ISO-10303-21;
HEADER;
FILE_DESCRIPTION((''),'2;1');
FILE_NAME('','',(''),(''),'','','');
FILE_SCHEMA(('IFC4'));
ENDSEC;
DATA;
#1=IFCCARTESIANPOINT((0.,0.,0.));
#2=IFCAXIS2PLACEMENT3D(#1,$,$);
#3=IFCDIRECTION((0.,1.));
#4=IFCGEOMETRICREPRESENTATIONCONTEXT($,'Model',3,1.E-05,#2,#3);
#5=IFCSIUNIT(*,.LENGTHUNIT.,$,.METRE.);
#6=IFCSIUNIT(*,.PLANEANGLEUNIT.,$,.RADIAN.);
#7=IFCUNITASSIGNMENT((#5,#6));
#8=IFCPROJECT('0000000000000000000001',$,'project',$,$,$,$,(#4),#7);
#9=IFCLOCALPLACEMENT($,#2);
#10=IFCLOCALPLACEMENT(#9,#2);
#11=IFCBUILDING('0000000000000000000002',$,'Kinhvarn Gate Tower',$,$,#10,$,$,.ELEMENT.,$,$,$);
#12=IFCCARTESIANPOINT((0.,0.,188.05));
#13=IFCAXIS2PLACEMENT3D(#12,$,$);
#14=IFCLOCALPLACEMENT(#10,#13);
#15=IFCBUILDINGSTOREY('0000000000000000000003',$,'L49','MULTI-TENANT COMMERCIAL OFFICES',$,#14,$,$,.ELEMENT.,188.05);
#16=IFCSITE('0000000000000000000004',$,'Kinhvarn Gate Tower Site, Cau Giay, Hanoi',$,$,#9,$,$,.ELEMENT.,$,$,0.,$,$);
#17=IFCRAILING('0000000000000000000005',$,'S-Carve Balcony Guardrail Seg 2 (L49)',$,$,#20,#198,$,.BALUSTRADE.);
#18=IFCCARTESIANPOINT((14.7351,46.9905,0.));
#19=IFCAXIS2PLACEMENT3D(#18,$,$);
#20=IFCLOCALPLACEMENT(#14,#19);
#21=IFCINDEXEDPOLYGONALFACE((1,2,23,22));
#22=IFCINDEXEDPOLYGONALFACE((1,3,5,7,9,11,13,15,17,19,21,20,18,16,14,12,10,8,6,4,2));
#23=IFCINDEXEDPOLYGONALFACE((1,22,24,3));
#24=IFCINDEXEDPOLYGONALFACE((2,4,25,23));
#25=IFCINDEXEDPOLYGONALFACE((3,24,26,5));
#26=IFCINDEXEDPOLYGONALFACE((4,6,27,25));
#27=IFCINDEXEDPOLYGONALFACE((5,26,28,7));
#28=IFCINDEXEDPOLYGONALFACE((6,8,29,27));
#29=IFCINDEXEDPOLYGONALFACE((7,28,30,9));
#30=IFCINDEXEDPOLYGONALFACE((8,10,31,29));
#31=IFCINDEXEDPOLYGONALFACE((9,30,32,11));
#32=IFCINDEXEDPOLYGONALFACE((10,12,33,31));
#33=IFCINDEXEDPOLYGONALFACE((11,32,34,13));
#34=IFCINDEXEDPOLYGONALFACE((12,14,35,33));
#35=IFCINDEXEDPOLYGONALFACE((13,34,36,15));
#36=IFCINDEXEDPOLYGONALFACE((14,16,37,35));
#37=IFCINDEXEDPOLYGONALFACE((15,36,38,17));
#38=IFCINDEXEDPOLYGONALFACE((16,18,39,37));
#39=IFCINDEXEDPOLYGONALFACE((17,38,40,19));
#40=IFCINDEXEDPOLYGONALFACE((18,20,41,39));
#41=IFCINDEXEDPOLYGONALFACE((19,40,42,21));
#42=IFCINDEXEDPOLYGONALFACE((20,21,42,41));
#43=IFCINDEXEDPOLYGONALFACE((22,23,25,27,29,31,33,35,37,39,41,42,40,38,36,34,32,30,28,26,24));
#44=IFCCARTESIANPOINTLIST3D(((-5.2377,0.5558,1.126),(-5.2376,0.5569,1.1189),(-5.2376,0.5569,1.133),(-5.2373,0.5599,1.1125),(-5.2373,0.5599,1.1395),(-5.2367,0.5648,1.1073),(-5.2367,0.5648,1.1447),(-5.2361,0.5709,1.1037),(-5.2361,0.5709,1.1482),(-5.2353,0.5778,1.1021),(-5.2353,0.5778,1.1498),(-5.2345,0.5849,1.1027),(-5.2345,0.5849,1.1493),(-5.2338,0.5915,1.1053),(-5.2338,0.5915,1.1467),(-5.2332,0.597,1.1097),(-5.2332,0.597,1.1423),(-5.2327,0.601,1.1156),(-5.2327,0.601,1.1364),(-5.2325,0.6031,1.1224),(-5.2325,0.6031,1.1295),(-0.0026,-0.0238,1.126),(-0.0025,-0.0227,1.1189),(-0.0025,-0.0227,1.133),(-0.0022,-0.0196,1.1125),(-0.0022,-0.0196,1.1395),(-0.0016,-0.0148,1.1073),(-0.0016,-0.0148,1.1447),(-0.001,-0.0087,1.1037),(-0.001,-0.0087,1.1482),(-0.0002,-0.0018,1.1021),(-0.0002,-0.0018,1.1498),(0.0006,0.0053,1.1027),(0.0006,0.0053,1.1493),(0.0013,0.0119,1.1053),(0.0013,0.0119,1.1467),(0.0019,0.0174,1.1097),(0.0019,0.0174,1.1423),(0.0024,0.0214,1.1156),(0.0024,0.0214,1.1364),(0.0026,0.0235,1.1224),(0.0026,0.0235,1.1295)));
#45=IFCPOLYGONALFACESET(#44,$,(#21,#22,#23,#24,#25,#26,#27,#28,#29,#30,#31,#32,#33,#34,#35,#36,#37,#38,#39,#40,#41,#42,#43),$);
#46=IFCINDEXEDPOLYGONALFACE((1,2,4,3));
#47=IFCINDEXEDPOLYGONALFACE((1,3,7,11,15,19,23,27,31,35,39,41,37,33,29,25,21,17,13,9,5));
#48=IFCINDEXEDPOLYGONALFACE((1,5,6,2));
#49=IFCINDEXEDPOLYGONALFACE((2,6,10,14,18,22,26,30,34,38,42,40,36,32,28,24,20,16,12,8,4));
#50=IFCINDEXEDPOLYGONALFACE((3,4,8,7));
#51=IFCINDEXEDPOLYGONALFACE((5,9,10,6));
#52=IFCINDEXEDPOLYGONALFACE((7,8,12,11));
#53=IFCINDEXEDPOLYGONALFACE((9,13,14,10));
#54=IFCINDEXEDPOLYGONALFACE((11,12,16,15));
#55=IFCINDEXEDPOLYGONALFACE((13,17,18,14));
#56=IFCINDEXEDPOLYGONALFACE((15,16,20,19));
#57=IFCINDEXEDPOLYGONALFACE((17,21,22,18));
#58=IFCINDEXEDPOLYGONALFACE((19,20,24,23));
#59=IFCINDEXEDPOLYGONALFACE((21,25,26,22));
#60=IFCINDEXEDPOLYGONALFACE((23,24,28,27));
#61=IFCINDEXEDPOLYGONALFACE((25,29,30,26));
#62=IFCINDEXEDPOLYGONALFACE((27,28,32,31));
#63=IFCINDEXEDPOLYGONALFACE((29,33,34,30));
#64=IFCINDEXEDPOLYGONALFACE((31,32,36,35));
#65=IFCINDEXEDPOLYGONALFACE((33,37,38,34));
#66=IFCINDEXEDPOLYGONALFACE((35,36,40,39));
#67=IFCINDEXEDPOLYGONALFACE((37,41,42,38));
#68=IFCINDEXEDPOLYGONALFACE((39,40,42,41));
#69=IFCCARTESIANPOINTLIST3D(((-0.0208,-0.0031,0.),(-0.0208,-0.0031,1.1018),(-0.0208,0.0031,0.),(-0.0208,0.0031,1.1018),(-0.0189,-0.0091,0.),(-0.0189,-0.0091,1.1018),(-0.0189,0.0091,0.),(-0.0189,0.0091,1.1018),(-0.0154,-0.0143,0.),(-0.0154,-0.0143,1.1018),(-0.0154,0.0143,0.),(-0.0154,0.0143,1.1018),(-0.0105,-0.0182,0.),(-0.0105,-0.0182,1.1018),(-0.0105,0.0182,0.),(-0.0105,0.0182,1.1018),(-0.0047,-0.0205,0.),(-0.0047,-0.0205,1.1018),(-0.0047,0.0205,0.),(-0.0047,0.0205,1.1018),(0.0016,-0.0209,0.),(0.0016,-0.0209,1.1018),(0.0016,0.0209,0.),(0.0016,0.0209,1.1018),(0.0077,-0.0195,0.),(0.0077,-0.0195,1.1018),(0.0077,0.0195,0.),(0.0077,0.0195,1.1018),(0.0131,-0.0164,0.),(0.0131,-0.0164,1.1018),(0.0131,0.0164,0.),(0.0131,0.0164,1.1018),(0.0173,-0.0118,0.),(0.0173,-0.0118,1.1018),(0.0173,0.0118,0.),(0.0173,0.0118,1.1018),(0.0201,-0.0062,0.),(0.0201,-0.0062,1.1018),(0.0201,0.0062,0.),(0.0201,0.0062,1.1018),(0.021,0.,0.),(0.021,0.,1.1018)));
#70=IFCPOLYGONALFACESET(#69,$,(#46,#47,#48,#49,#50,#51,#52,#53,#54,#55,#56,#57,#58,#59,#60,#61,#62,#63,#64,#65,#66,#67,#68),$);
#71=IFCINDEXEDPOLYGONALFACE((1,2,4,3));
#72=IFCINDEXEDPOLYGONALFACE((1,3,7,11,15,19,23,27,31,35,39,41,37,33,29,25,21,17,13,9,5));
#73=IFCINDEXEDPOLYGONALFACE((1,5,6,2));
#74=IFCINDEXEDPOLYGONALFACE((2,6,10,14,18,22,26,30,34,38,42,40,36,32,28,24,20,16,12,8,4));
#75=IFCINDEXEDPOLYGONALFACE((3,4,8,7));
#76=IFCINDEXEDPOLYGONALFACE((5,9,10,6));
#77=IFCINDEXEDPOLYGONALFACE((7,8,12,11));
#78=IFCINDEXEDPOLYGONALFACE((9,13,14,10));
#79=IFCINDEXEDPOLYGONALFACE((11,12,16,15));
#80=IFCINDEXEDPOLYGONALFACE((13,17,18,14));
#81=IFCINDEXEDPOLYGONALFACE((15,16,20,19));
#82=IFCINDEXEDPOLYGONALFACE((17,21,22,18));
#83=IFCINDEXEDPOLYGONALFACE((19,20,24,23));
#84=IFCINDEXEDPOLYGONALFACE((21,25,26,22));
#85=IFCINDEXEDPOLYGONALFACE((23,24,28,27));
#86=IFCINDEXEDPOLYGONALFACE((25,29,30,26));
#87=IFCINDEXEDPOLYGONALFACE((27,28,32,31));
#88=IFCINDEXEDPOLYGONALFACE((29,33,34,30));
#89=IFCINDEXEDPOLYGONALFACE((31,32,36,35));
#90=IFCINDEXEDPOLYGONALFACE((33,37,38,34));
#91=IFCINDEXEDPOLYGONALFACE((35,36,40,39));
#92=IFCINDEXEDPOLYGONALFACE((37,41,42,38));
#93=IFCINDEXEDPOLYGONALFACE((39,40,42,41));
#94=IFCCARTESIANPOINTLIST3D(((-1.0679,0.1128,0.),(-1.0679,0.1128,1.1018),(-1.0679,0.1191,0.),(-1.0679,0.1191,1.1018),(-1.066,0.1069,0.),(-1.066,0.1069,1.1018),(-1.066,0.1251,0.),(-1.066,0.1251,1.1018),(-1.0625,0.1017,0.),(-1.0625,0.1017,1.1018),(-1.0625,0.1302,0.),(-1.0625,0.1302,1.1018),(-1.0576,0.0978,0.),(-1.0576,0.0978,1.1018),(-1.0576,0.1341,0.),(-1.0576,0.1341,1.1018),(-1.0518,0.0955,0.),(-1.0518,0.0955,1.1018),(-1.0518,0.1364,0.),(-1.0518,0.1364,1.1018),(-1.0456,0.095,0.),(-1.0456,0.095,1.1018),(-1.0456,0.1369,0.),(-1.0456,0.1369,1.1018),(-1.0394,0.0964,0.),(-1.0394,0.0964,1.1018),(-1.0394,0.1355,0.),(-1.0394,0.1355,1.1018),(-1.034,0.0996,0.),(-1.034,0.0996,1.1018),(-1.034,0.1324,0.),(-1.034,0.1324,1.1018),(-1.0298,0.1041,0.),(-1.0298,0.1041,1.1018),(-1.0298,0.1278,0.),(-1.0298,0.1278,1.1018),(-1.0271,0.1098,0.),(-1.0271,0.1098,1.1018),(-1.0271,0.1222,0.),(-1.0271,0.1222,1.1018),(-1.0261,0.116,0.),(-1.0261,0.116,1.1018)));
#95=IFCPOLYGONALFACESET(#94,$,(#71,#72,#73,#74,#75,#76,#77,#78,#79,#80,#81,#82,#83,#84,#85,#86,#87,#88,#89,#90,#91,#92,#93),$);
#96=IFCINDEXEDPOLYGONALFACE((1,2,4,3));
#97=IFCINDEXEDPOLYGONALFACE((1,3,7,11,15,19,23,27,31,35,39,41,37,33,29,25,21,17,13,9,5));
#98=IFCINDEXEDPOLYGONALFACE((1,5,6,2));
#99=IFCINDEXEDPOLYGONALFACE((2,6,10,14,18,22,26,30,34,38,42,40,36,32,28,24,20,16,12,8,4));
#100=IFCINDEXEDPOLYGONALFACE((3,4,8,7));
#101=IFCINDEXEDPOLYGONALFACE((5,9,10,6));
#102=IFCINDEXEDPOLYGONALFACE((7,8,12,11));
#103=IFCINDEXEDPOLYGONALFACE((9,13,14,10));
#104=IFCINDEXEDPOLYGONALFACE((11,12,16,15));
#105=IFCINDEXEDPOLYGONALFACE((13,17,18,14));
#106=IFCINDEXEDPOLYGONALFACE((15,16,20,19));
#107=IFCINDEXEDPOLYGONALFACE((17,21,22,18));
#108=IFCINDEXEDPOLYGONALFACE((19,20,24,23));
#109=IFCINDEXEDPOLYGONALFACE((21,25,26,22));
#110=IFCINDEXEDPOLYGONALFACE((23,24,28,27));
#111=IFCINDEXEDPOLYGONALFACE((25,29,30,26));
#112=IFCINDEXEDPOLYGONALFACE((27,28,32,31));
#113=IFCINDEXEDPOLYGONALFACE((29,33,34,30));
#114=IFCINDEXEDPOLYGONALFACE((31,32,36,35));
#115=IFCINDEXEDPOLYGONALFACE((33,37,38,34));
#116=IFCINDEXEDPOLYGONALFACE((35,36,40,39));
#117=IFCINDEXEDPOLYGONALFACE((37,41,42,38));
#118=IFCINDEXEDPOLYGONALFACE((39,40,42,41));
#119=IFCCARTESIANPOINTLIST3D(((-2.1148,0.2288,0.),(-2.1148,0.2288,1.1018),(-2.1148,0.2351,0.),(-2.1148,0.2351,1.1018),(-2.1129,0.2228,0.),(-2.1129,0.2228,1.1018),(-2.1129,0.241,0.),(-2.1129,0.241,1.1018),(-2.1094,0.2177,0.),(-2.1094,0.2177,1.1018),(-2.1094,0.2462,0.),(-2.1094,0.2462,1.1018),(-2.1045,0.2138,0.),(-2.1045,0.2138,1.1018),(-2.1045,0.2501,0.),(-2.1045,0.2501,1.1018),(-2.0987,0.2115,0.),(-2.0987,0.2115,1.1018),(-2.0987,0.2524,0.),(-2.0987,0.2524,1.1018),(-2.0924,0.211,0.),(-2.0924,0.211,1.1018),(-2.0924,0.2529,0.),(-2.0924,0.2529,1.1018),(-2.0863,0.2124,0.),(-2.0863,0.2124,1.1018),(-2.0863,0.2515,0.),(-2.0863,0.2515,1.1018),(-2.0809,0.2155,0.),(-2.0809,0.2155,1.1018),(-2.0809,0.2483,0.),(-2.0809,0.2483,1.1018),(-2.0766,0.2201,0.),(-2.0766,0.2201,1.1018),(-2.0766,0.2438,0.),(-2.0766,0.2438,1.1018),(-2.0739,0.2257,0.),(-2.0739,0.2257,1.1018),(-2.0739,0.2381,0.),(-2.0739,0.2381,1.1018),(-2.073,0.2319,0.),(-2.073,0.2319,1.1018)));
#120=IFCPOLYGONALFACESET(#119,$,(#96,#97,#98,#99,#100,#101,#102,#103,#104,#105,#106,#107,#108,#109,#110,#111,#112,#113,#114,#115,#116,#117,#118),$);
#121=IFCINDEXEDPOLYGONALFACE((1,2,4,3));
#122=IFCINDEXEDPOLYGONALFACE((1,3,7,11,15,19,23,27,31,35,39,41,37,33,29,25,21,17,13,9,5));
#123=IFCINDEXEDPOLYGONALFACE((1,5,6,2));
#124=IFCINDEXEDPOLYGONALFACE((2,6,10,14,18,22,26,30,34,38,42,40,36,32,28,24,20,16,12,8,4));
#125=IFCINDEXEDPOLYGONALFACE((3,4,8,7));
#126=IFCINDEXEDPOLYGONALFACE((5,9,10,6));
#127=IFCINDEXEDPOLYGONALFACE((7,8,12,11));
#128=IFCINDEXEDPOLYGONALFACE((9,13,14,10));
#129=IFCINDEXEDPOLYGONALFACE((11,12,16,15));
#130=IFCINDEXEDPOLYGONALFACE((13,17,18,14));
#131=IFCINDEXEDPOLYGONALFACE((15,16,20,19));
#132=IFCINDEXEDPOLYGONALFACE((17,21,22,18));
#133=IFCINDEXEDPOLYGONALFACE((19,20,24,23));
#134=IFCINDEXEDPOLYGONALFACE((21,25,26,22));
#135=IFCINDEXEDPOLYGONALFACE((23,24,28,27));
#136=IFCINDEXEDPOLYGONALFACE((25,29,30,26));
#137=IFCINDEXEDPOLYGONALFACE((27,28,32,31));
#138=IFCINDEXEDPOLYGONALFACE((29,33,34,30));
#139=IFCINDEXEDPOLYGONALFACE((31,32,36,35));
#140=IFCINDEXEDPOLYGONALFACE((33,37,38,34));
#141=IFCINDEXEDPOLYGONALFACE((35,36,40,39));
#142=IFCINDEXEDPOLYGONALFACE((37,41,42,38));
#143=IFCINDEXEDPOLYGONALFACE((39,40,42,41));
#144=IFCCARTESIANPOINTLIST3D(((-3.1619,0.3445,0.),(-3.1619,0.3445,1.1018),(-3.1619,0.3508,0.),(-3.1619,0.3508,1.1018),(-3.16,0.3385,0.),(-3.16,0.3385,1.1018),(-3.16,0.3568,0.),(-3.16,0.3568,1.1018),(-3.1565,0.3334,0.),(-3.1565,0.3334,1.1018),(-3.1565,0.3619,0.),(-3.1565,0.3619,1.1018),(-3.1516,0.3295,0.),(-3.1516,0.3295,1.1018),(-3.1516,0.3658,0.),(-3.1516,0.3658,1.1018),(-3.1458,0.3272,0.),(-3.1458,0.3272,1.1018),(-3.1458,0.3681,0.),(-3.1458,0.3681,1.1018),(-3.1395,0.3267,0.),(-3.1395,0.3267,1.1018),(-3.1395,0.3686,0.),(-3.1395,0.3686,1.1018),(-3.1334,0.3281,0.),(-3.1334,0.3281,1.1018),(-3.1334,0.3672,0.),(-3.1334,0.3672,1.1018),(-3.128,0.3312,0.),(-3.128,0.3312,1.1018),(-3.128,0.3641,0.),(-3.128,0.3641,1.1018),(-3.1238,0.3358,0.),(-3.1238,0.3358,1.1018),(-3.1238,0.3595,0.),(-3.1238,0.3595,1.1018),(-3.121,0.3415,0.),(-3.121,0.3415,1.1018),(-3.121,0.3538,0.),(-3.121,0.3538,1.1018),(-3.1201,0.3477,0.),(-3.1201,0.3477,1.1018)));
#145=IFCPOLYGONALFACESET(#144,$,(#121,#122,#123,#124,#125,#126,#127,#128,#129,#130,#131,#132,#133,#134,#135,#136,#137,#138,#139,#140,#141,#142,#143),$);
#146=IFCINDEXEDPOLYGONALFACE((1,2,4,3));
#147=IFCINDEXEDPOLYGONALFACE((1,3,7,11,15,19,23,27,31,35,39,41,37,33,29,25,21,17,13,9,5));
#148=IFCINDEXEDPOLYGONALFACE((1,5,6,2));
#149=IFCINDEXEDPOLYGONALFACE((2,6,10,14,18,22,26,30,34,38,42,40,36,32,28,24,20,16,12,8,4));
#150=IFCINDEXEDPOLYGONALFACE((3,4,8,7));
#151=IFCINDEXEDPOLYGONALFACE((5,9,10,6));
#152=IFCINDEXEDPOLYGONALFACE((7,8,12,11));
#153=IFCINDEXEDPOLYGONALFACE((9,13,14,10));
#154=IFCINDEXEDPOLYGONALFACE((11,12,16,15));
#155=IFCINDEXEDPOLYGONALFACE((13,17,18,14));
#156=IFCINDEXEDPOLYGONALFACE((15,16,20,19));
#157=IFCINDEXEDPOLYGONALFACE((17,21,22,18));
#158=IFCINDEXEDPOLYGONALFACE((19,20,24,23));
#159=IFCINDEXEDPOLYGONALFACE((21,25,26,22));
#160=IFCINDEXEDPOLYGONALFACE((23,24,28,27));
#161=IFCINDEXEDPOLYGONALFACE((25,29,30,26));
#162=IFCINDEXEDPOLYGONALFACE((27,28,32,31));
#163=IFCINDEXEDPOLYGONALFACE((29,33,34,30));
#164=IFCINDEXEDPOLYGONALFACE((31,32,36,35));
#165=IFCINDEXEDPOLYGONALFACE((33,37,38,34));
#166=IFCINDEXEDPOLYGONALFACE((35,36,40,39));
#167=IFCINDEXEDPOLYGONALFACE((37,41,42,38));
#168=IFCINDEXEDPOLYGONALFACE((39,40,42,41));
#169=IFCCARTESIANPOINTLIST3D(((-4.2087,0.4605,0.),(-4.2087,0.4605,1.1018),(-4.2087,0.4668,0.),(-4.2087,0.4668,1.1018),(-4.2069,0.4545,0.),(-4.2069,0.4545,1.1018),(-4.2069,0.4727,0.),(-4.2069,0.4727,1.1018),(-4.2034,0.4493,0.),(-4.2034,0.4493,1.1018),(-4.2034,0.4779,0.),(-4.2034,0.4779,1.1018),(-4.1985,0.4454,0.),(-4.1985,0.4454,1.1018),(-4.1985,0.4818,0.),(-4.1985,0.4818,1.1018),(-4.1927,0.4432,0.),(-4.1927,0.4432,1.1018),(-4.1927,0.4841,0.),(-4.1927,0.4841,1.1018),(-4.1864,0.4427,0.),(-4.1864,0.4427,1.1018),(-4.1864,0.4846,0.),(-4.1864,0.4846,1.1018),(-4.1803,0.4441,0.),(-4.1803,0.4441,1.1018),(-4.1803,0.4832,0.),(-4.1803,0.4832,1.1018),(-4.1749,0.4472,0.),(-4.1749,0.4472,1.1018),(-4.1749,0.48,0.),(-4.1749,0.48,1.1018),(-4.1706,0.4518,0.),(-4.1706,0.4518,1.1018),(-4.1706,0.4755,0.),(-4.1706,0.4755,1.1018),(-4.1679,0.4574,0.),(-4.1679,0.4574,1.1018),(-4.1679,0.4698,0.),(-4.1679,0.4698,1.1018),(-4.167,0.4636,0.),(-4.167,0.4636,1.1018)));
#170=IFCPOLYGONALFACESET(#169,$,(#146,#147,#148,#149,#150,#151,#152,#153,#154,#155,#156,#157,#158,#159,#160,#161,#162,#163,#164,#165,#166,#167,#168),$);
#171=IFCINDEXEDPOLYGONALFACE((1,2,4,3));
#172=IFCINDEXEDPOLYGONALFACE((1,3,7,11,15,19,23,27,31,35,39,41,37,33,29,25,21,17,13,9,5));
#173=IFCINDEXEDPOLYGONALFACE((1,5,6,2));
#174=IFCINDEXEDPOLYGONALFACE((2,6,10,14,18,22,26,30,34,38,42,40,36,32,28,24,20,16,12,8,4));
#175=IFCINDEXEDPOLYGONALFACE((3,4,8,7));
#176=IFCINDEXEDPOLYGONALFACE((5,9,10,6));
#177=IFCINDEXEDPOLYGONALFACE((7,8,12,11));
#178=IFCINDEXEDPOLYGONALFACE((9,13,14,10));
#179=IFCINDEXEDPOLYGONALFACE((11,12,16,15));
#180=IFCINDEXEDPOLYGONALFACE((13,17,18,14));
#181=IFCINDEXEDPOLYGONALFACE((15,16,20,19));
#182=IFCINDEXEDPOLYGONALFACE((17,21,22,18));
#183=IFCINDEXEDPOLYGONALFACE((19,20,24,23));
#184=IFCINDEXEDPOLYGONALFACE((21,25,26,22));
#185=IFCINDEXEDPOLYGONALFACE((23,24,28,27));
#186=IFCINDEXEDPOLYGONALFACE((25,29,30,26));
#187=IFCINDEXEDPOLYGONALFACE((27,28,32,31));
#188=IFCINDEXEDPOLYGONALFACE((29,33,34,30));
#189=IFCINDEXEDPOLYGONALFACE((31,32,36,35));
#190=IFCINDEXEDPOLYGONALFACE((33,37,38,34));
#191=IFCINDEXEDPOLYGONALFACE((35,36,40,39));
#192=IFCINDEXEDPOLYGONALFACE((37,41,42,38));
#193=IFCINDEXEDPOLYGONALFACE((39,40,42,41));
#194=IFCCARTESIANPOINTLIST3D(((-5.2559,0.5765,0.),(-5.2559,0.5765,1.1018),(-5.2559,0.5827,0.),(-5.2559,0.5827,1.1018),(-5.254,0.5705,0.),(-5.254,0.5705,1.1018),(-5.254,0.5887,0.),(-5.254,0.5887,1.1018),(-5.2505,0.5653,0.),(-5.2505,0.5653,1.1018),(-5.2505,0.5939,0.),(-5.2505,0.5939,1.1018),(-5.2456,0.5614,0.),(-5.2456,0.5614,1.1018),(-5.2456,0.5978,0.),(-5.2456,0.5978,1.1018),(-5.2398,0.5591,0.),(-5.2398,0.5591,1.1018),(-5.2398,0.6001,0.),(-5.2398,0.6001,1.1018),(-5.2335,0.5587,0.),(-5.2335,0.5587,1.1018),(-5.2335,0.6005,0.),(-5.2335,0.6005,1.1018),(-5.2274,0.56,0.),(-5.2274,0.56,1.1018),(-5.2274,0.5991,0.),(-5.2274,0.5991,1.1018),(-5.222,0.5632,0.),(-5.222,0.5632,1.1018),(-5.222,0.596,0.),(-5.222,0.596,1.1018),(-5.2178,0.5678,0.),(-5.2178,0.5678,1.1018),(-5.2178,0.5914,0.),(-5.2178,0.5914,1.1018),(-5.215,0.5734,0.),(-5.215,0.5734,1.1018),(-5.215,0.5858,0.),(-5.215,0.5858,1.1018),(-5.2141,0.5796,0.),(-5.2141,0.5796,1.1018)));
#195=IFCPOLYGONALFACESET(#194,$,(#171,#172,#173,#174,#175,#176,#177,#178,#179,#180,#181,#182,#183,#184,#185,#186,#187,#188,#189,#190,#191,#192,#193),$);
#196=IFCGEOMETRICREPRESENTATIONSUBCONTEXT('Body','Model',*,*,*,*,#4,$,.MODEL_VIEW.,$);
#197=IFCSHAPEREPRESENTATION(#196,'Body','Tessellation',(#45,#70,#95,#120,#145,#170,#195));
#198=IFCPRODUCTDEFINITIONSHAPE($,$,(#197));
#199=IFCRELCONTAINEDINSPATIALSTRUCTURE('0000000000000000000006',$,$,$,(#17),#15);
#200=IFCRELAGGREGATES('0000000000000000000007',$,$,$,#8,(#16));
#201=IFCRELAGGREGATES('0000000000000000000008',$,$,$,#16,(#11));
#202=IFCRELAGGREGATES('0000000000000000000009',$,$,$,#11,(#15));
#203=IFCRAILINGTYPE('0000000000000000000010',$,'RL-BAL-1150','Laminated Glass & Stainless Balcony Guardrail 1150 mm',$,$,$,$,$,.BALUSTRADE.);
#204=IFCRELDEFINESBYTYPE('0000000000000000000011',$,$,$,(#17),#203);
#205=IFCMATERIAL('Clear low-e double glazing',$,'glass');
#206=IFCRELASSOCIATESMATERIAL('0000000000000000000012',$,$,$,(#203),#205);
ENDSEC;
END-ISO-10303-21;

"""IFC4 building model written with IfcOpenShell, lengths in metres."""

from ifc_helpers import new_model, si_unit, direction, frame, origin, origin_2d, place, context, subcontext, project, spatial, circle, extrude, material, type_object, element, save


model = new_model("IFC4")

# Units and contexts
model_context = context("Model", 3, precision=1e-05, world=origin(), true_north=direction((0.0, 1.0)))
body_context = subcontext(model_context, "Body", "Model", "MODEL_VIEW")
ifc_project = project(units=[si_unit("LENGTHUNIT", "METRE"), si_unit("PLANEANGLEUNIT", "RADIAN")], contexts=[model_context])

# Site, building, storey
site_placement = place(None, origin())
site = spatial("IfcSite", under=ifc_project, at=site_placement, Name="Kinhvarn Gate Tower Site, Cau Giay, Hanoi", CompositionType="ELEMENT", RefElevation=0.0)
building_placement = place(site_placement, origin())
building = spatial("IfcBuilding", under=site, at=building_placement, Name="Kinhvarn Gate Tower", CompositionType="ELEMENT")
storey_placement = place(building_placement, frame((0.0, 0.0, 188.05)))
storey = spatial("IfcBuildingStorey", under=building, at=storey_placement, Name="L49", Description="MULTI-TENANT COMMERCIAL OFFICES", CompositionType="ELEMENT", Elevation=188.05)

# Shared definitions
ifc_material_1 = material(Name="Clear low-e double glazing", Category="glass")

# Railing
railing_type_1 = type_object("IfcRailingType", Name="RL-BAL-1150", Description="Laminated Glass & Stainless Balcony Guardrail 1150 mm", PredefinedType="BALUSTRADE", material=ifc_material_1)
railing_1_placement = place(storey_placement, frame((14.7351, 46.9905, 0.0)))
element("IfcRailing", 1, at=railing_1_placement, inside=storey, type_object=railing_type_1, Name="S-Carve Balcony Guardrail Seg 2 (L49)", PredefinedType="BALUSTRADE", context=body_context, shape_type="SweptSolid", body=[
    extrude(circle(Radius=0.0239, at=origin_2d()), frame((0.0, 0.0, 1.126), z_axis=(-0.993927, 0.11004, 0.0), x_axis=(-0.11004, -0.993927, 0.0)), (0.0, 0.0, 1.0), 5.2671),
    extrude(circle(Radius=0.021, at=origin_2d()), origin(), (0.0, 0.0, 1.0), 1.1018),
    extrude(circle(Radius=0.021, at=origin_2d()), frame((-1.0471, 0.116, 0.0)), (0.0, 0.0, 1.0), 1.1018),
    extrude(circle(Radius=0.021, at=origin_2d()), frame((-2.094, 0.2319, 0.0)), (0.0, 0.0, 1.0), 1.1018),
    extrude(circle(Radius=0.021, at=origin_2d()), frame((-3.1411, 0.3477, 0.0)), (0.0, 0.0, 1.0), 1.1018),
    extrude(circle(Radius=0.021, at=origin_2d()), frame((-4.188, 0.4636, 0.0)), (0.0, 0.0, 1.0), 1.1018),
    extrude(circle(Radius=0.021, at=origin_2d()), frame((-5.2351, 0.5796, 0.0)), (0.0, 0.0, 1.0), 1.1018),
])

save(model, "model.ifc")
